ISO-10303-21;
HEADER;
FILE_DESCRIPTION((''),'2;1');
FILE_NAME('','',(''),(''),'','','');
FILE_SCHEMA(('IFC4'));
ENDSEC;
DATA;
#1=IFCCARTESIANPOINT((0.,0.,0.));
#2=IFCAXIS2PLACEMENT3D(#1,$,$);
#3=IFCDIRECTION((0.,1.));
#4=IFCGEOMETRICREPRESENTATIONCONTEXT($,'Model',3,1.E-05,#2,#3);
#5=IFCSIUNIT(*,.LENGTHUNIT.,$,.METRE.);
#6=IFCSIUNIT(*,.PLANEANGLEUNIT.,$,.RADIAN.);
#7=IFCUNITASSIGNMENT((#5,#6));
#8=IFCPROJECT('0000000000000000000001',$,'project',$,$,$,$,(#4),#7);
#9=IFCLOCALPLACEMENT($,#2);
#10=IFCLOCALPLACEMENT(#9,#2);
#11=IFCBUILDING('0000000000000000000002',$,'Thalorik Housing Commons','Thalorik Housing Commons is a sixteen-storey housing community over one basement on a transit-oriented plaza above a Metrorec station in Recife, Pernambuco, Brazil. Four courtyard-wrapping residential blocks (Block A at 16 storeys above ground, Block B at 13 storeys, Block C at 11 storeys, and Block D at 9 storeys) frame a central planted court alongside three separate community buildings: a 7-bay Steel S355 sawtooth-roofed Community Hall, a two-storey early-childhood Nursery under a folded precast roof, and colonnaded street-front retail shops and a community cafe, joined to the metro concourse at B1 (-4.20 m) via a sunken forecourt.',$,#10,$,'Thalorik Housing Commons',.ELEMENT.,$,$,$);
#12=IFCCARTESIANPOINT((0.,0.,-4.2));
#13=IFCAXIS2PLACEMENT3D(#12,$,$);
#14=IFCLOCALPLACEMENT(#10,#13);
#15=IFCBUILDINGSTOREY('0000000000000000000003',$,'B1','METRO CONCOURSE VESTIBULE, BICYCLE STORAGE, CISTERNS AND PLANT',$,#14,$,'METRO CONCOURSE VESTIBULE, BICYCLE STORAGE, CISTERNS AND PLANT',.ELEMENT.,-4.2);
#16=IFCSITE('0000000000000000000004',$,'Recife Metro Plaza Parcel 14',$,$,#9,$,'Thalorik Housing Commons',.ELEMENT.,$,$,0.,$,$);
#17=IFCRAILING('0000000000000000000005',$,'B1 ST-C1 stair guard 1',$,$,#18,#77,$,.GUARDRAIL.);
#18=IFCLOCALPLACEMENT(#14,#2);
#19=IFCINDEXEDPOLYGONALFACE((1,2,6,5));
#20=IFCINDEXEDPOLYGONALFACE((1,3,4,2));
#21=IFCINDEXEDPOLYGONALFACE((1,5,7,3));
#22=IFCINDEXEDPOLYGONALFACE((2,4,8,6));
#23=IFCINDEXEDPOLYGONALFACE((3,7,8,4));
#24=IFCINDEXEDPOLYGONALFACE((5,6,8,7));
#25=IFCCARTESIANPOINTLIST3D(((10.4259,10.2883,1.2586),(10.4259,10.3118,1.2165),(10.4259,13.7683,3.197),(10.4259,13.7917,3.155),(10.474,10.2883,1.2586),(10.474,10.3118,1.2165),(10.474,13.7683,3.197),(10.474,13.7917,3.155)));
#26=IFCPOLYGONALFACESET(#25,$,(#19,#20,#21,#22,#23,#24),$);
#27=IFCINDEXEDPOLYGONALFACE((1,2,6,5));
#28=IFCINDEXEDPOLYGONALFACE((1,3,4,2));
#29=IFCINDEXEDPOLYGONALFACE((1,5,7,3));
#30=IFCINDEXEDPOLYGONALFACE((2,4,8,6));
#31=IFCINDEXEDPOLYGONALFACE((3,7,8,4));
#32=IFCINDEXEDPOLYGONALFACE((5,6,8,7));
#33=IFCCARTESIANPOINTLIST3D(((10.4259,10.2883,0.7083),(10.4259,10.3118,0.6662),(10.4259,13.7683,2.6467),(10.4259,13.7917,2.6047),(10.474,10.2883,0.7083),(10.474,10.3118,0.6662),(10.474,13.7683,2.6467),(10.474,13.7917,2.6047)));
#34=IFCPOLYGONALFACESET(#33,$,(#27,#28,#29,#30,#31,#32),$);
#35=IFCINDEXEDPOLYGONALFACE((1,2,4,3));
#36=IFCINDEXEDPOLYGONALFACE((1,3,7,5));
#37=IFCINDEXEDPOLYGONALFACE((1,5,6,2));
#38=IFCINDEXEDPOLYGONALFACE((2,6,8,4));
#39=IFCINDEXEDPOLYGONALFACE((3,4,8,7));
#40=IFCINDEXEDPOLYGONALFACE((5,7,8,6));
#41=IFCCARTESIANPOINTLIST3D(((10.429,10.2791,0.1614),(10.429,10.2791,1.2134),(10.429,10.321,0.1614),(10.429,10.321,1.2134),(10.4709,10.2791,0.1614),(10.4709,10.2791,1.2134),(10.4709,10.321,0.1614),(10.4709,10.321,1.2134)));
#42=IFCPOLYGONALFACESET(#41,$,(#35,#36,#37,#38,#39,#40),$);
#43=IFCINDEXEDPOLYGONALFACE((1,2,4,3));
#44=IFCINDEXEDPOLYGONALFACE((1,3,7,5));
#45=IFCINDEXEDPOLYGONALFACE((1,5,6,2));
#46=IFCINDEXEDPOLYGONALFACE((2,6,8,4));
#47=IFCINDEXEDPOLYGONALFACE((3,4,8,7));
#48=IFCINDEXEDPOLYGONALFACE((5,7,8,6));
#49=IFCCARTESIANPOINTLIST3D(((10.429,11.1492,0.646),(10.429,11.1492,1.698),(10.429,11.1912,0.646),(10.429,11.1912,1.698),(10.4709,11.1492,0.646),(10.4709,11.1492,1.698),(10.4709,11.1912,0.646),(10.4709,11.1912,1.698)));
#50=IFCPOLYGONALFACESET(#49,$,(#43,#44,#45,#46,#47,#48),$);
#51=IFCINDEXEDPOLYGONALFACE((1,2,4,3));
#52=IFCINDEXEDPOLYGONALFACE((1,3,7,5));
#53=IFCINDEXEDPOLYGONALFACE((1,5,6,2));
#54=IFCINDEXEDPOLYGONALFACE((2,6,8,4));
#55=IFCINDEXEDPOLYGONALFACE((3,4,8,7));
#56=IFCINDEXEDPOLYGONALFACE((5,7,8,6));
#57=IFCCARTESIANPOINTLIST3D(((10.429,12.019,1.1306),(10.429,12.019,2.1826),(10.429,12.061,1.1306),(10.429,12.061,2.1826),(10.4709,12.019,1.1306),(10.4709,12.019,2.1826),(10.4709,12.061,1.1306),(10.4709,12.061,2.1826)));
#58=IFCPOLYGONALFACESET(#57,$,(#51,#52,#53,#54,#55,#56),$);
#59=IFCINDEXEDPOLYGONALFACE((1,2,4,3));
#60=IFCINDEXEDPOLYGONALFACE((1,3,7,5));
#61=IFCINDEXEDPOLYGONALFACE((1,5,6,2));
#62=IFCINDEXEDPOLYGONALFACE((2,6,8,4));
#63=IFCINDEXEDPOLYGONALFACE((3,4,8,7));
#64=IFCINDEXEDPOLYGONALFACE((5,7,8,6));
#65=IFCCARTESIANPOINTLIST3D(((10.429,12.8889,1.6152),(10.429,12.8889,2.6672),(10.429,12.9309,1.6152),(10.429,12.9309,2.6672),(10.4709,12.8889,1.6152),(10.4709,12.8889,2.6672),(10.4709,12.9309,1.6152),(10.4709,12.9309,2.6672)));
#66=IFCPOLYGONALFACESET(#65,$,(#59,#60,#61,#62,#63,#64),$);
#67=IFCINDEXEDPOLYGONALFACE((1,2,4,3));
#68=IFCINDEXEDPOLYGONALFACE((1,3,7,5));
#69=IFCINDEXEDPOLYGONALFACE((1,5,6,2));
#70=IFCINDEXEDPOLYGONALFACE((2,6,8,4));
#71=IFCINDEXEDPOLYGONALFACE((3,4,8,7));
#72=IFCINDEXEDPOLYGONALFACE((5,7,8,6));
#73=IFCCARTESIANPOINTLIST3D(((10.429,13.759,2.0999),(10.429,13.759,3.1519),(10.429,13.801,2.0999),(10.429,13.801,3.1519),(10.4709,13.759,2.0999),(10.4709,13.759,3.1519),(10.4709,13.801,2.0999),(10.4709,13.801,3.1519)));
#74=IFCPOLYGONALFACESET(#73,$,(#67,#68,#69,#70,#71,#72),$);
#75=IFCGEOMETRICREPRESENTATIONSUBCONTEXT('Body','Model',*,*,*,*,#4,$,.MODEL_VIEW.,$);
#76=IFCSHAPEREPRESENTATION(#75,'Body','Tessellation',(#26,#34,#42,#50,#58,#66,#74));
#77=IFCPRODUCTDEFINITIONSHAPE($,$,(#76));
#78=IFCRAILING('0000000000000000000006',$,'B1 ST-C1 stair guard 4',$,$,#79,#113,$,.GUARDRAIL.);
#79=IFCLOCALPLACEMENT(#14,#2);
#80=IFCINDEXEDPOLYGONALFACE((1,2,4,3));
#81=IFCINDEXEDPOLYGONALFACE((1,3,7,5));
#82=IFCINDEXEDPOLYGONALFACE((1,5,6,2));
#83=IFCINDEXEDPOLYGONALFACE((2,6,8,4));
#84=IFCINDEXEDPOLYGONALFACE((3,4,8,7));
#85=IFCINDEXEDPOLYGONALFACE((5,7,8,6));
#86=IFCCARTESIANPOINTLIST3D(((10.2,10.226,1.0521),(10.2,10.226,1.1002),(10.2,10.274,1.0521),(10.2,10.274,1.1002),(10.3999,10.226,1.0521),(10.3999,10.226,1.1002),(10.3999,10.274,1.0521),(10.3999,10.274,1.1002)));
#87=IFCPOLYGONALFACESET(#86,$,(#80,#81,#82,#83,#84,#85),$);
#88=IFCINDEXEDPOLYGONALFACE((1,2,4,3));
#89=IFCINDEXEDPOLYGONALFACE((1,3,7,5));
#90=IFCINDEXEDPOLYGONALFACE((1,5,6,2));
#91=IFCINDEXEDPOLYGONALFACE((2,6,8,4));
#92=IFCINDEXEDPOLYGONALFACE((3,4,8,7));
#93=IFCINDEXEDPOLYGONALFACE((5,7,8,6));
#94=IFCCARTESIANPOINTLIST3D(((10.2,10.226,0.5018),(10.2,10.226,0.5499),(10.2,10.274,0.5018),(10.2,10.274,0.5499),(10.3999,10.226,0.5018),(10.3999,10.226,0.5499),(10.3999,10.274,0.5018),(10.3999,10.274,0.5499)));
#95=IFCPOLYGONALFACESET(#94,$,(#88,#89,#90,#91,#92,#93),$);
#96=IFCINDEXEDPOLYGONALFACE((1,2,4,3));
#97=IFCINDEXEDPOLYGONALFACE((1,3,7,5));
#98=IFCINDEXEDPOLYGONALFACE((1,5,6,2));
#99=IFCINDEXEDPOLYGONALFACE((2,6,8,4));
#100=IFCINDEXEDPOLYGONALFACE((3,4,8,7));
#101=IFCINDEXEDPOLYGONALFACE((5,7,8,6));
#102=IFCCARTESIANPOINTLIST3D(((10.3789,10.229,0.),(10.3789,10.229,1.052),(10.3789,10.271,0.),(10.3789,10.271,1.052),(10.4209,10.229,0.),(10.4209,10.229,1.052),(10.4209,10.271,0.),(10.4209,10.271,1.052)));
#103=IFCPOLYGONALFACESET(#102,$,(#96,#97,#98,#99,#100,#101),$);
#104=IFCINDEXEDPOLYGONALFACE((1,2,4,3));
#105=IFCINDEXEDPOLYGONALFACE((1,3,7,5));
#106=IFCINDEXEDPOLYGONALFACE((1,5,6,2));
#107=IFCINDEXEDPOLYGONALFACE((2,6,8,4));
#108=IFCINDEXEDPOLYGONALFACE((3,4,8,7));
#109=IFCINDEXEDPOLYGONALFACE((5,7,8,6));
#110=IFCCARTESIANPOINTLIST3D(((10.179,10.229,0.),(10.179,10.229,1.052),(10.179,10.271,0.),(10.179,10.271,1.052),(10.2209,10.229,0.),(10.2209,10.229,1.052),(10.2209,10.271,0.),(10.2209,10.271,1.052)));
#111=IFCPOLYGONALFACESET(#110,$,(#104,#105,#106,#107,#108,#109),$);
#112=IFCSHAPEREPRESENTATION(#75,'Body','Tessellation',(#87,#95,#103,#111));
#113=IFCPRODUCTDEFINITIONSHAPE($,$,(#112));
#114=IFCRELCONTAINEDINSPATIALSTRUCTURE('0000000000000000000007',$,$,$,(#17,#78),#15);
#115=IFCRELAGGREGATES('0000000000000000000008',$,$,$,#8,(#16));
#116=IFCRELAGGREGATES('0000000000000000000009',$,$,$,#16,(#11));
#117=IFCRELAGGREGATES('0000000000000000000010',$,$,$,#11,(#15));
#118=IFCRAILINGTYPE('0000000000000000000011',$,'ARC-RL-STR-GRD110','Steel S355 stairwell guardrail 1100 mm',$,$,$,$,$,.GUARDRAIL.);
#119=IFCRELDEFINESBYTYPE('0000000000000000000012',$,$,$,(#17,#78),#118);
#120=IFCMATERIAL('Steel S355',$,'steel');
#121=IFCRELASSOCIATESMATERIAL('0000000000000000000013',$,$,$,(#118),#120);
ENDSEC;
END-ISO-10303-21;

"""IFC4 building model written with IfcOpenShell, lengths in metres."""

from ifc_helpers import new_model, si_unit, direction, frame, origin, origin_2d, place, context, subcontext, project, spatial, rectangle, extrude, material, type_object, element, save


model = new_model("IFC4")

# Units and contexts
model_context = context("Model", 3, precision=1e-05, world=origin(), true_north=direction((0.0, 1.0)))
body_context = subcontext(model_context, "Body", "Model", "MODEL_VIEW")
ifc_project = project(units=[si_unit("LENGTHUNIT", "METRE"), si_unit("PLANEANGLEUNIT", "RADIAN")], contexts=[model_context])

# Site, building, storey
site_placement = place(None, origin())
site = spatial("IfcSite", under=ifc_project, at=site_placement, Name="Recife Metro Plaza Parcel 14", LongName="Thalorik Housing Commons", CompositionType="ELEMENT", RefElevation=0.0)
building_placement = place(site_placement, origin())
building = spatial("IfcBuilding", under=site, at=building_placement, Name="Thalorik Housing Commons", Description="Thalorik Housing Commons is a sixteen-storey housing community over one basement on a transit-oriented plaza above a Metrorec station in Recife, Pernambuco, Brazil. Four courtyard-wrapping residential blocks (Block A at 16 storeys above ground, Block B at 13 storeys, Block C at 11 storeys, and Block D at 9 storeys) frame a central planted court alongside three separate community buildings: a 7-bay Steel S355 sawtooth-roofed Community Hall, a two-storey early-childhood Nursery under a folded precast roof, and colonnaded street-front retail shops and a community cafe, joined to the metro concourse at B1 (-4.20 m) via a sunken forecourt.", LongName="Thalorik Housing Commons", CompositionType="ELEMENT")
storey_placement = place(building_placement, frame((0.0, 0.0, -4.2)))
storey = spatial("IfcBuildingStorey", under=building, at=storey_placement, Name="B1", Description="METRO CONCOURSE VESTIBULE, BICYCLE STORAGE, CISTERNS AND PLANT", LongName="METRO CONCOURSE VESTIBULE, BICYCLE STORAGE, CISTERNS AND PLANT", CompositionType="ELEMENT", Elevation=-4.2)

# Shared definitions
ifc_material_1 = material(Name="Steel S355", Category="steel")

# Railings
railing_type = type_object("IfcRailingType", Name="ARC-RL-STR-GRD110", Description="Steel S355 stairwell guardrail 1100 mm", PredefinedType="GUARDRAIL", material=ifc_material_1)
railing_1_placement = place(storey_placement, frame((10.45, 10.3, 0.1614)))
element("IfcRailing", 1, at=railing_1_placement, inside=storey, type_object=railing_type, Name="B1 ST-C1 stair guard 1", PredefinedType="GUARDRAIL", context=body_context, shape_type="SweptSolid", body=[
    extrude(rectangle(XDim=0.0481, YDim=0.0481, at=origin_2d()), frame((0.0, 0.0, 1.0762), z_axis=(0.0, 0.873607, 0.486631), x_axis=(-1.0, 0.0, 0.0)), (0.0, 0.0, 1.0), 3.9834),
    extrude(rectangle(XDim=0.0481, YDim=0.0481, at=origin_2d()), frame((0.0, 0.0, 0.5259), z_axis=(0.0, 0.873607, 0.486631), x_axis=(-1.0, 0.0, 0.0)), (0.0, 0.0, 1.0), 3.9834),
    extrude(rectangle(XDim=0.042, YDim=0.042, at=origin_2d()), origin(), (0.0, 0.0, 1.0), 1.052),
    extrude(rectangle(XDim=0.042, YDim=0.042, at=origin_2d()), frame((0.0, 0.8701, 0.4846)), (0.0, 0.0, 1.0), 1.052),
    extrude(rectangle(XDim=0.042, YDim=0.042, at=origin_2d()), frame((0.0, 1.74, 0.9692)), (0.0, 0.0, 1.0), 1.052),
    extrude(rectangle(XDim=0.042, YDim=0.042, at=origin_2d()), frame((0.0, 2.6099, 1.4539)), (0.0, 0.0, 1.0), 1.052),
    extrude(rectangle(XDim=0.042, YDim=0.042, at=origin_2d()), frame((0.0, 3.48, 1.9385)), (0.0, 0.0, 1.0), 1.052),
])
railing_2_placement = place(storey_placement, frame((10.3999, 10.25, 0.0)))
element("IfcRailing", 2, at=railing_2_placement, inside=storey, type_object=railing_type, Name="B1 ST-C1 stair guard 4", PredefinedType="GUARDRAIL", context=body_context, shape_type="SweptSolid", body=[
    extrude(rectangle(XDim=0.0481, YDim=0.0481, at=origin_2d()), frame((0.0, 0.0, 1.0762), z_axis=(-1.0, 0.0, 0.0), x_axis=(0.0, -1.0, 0.0)), (0.0, 0.0, 1.0), 0.2),
    extrude(rectangle(XDim=0.0481, YDim=0.0481, at=origin_2d()), frame((0.0, 0.0, 0.5259), z_axis=(-1.0, 0.0, 0.0), x_axis=(0.0, -1.0, 0.0)), (0.0, 0.0, 1.0), 0.2),
    extrude(rectangle(XDim=0.042, YDim=0.042, at=origin_2d()), origin(), (0.0, 0.0, 1.0), 1.052),
    extrude(rectangle(XDim=0.042, YDim=0.042, at=origin_2d()), frame((-0.2, 0.0, 0.0)), (0.0, 0.0, 1.0), 1.052),
])

save(model, "model.ifc")
